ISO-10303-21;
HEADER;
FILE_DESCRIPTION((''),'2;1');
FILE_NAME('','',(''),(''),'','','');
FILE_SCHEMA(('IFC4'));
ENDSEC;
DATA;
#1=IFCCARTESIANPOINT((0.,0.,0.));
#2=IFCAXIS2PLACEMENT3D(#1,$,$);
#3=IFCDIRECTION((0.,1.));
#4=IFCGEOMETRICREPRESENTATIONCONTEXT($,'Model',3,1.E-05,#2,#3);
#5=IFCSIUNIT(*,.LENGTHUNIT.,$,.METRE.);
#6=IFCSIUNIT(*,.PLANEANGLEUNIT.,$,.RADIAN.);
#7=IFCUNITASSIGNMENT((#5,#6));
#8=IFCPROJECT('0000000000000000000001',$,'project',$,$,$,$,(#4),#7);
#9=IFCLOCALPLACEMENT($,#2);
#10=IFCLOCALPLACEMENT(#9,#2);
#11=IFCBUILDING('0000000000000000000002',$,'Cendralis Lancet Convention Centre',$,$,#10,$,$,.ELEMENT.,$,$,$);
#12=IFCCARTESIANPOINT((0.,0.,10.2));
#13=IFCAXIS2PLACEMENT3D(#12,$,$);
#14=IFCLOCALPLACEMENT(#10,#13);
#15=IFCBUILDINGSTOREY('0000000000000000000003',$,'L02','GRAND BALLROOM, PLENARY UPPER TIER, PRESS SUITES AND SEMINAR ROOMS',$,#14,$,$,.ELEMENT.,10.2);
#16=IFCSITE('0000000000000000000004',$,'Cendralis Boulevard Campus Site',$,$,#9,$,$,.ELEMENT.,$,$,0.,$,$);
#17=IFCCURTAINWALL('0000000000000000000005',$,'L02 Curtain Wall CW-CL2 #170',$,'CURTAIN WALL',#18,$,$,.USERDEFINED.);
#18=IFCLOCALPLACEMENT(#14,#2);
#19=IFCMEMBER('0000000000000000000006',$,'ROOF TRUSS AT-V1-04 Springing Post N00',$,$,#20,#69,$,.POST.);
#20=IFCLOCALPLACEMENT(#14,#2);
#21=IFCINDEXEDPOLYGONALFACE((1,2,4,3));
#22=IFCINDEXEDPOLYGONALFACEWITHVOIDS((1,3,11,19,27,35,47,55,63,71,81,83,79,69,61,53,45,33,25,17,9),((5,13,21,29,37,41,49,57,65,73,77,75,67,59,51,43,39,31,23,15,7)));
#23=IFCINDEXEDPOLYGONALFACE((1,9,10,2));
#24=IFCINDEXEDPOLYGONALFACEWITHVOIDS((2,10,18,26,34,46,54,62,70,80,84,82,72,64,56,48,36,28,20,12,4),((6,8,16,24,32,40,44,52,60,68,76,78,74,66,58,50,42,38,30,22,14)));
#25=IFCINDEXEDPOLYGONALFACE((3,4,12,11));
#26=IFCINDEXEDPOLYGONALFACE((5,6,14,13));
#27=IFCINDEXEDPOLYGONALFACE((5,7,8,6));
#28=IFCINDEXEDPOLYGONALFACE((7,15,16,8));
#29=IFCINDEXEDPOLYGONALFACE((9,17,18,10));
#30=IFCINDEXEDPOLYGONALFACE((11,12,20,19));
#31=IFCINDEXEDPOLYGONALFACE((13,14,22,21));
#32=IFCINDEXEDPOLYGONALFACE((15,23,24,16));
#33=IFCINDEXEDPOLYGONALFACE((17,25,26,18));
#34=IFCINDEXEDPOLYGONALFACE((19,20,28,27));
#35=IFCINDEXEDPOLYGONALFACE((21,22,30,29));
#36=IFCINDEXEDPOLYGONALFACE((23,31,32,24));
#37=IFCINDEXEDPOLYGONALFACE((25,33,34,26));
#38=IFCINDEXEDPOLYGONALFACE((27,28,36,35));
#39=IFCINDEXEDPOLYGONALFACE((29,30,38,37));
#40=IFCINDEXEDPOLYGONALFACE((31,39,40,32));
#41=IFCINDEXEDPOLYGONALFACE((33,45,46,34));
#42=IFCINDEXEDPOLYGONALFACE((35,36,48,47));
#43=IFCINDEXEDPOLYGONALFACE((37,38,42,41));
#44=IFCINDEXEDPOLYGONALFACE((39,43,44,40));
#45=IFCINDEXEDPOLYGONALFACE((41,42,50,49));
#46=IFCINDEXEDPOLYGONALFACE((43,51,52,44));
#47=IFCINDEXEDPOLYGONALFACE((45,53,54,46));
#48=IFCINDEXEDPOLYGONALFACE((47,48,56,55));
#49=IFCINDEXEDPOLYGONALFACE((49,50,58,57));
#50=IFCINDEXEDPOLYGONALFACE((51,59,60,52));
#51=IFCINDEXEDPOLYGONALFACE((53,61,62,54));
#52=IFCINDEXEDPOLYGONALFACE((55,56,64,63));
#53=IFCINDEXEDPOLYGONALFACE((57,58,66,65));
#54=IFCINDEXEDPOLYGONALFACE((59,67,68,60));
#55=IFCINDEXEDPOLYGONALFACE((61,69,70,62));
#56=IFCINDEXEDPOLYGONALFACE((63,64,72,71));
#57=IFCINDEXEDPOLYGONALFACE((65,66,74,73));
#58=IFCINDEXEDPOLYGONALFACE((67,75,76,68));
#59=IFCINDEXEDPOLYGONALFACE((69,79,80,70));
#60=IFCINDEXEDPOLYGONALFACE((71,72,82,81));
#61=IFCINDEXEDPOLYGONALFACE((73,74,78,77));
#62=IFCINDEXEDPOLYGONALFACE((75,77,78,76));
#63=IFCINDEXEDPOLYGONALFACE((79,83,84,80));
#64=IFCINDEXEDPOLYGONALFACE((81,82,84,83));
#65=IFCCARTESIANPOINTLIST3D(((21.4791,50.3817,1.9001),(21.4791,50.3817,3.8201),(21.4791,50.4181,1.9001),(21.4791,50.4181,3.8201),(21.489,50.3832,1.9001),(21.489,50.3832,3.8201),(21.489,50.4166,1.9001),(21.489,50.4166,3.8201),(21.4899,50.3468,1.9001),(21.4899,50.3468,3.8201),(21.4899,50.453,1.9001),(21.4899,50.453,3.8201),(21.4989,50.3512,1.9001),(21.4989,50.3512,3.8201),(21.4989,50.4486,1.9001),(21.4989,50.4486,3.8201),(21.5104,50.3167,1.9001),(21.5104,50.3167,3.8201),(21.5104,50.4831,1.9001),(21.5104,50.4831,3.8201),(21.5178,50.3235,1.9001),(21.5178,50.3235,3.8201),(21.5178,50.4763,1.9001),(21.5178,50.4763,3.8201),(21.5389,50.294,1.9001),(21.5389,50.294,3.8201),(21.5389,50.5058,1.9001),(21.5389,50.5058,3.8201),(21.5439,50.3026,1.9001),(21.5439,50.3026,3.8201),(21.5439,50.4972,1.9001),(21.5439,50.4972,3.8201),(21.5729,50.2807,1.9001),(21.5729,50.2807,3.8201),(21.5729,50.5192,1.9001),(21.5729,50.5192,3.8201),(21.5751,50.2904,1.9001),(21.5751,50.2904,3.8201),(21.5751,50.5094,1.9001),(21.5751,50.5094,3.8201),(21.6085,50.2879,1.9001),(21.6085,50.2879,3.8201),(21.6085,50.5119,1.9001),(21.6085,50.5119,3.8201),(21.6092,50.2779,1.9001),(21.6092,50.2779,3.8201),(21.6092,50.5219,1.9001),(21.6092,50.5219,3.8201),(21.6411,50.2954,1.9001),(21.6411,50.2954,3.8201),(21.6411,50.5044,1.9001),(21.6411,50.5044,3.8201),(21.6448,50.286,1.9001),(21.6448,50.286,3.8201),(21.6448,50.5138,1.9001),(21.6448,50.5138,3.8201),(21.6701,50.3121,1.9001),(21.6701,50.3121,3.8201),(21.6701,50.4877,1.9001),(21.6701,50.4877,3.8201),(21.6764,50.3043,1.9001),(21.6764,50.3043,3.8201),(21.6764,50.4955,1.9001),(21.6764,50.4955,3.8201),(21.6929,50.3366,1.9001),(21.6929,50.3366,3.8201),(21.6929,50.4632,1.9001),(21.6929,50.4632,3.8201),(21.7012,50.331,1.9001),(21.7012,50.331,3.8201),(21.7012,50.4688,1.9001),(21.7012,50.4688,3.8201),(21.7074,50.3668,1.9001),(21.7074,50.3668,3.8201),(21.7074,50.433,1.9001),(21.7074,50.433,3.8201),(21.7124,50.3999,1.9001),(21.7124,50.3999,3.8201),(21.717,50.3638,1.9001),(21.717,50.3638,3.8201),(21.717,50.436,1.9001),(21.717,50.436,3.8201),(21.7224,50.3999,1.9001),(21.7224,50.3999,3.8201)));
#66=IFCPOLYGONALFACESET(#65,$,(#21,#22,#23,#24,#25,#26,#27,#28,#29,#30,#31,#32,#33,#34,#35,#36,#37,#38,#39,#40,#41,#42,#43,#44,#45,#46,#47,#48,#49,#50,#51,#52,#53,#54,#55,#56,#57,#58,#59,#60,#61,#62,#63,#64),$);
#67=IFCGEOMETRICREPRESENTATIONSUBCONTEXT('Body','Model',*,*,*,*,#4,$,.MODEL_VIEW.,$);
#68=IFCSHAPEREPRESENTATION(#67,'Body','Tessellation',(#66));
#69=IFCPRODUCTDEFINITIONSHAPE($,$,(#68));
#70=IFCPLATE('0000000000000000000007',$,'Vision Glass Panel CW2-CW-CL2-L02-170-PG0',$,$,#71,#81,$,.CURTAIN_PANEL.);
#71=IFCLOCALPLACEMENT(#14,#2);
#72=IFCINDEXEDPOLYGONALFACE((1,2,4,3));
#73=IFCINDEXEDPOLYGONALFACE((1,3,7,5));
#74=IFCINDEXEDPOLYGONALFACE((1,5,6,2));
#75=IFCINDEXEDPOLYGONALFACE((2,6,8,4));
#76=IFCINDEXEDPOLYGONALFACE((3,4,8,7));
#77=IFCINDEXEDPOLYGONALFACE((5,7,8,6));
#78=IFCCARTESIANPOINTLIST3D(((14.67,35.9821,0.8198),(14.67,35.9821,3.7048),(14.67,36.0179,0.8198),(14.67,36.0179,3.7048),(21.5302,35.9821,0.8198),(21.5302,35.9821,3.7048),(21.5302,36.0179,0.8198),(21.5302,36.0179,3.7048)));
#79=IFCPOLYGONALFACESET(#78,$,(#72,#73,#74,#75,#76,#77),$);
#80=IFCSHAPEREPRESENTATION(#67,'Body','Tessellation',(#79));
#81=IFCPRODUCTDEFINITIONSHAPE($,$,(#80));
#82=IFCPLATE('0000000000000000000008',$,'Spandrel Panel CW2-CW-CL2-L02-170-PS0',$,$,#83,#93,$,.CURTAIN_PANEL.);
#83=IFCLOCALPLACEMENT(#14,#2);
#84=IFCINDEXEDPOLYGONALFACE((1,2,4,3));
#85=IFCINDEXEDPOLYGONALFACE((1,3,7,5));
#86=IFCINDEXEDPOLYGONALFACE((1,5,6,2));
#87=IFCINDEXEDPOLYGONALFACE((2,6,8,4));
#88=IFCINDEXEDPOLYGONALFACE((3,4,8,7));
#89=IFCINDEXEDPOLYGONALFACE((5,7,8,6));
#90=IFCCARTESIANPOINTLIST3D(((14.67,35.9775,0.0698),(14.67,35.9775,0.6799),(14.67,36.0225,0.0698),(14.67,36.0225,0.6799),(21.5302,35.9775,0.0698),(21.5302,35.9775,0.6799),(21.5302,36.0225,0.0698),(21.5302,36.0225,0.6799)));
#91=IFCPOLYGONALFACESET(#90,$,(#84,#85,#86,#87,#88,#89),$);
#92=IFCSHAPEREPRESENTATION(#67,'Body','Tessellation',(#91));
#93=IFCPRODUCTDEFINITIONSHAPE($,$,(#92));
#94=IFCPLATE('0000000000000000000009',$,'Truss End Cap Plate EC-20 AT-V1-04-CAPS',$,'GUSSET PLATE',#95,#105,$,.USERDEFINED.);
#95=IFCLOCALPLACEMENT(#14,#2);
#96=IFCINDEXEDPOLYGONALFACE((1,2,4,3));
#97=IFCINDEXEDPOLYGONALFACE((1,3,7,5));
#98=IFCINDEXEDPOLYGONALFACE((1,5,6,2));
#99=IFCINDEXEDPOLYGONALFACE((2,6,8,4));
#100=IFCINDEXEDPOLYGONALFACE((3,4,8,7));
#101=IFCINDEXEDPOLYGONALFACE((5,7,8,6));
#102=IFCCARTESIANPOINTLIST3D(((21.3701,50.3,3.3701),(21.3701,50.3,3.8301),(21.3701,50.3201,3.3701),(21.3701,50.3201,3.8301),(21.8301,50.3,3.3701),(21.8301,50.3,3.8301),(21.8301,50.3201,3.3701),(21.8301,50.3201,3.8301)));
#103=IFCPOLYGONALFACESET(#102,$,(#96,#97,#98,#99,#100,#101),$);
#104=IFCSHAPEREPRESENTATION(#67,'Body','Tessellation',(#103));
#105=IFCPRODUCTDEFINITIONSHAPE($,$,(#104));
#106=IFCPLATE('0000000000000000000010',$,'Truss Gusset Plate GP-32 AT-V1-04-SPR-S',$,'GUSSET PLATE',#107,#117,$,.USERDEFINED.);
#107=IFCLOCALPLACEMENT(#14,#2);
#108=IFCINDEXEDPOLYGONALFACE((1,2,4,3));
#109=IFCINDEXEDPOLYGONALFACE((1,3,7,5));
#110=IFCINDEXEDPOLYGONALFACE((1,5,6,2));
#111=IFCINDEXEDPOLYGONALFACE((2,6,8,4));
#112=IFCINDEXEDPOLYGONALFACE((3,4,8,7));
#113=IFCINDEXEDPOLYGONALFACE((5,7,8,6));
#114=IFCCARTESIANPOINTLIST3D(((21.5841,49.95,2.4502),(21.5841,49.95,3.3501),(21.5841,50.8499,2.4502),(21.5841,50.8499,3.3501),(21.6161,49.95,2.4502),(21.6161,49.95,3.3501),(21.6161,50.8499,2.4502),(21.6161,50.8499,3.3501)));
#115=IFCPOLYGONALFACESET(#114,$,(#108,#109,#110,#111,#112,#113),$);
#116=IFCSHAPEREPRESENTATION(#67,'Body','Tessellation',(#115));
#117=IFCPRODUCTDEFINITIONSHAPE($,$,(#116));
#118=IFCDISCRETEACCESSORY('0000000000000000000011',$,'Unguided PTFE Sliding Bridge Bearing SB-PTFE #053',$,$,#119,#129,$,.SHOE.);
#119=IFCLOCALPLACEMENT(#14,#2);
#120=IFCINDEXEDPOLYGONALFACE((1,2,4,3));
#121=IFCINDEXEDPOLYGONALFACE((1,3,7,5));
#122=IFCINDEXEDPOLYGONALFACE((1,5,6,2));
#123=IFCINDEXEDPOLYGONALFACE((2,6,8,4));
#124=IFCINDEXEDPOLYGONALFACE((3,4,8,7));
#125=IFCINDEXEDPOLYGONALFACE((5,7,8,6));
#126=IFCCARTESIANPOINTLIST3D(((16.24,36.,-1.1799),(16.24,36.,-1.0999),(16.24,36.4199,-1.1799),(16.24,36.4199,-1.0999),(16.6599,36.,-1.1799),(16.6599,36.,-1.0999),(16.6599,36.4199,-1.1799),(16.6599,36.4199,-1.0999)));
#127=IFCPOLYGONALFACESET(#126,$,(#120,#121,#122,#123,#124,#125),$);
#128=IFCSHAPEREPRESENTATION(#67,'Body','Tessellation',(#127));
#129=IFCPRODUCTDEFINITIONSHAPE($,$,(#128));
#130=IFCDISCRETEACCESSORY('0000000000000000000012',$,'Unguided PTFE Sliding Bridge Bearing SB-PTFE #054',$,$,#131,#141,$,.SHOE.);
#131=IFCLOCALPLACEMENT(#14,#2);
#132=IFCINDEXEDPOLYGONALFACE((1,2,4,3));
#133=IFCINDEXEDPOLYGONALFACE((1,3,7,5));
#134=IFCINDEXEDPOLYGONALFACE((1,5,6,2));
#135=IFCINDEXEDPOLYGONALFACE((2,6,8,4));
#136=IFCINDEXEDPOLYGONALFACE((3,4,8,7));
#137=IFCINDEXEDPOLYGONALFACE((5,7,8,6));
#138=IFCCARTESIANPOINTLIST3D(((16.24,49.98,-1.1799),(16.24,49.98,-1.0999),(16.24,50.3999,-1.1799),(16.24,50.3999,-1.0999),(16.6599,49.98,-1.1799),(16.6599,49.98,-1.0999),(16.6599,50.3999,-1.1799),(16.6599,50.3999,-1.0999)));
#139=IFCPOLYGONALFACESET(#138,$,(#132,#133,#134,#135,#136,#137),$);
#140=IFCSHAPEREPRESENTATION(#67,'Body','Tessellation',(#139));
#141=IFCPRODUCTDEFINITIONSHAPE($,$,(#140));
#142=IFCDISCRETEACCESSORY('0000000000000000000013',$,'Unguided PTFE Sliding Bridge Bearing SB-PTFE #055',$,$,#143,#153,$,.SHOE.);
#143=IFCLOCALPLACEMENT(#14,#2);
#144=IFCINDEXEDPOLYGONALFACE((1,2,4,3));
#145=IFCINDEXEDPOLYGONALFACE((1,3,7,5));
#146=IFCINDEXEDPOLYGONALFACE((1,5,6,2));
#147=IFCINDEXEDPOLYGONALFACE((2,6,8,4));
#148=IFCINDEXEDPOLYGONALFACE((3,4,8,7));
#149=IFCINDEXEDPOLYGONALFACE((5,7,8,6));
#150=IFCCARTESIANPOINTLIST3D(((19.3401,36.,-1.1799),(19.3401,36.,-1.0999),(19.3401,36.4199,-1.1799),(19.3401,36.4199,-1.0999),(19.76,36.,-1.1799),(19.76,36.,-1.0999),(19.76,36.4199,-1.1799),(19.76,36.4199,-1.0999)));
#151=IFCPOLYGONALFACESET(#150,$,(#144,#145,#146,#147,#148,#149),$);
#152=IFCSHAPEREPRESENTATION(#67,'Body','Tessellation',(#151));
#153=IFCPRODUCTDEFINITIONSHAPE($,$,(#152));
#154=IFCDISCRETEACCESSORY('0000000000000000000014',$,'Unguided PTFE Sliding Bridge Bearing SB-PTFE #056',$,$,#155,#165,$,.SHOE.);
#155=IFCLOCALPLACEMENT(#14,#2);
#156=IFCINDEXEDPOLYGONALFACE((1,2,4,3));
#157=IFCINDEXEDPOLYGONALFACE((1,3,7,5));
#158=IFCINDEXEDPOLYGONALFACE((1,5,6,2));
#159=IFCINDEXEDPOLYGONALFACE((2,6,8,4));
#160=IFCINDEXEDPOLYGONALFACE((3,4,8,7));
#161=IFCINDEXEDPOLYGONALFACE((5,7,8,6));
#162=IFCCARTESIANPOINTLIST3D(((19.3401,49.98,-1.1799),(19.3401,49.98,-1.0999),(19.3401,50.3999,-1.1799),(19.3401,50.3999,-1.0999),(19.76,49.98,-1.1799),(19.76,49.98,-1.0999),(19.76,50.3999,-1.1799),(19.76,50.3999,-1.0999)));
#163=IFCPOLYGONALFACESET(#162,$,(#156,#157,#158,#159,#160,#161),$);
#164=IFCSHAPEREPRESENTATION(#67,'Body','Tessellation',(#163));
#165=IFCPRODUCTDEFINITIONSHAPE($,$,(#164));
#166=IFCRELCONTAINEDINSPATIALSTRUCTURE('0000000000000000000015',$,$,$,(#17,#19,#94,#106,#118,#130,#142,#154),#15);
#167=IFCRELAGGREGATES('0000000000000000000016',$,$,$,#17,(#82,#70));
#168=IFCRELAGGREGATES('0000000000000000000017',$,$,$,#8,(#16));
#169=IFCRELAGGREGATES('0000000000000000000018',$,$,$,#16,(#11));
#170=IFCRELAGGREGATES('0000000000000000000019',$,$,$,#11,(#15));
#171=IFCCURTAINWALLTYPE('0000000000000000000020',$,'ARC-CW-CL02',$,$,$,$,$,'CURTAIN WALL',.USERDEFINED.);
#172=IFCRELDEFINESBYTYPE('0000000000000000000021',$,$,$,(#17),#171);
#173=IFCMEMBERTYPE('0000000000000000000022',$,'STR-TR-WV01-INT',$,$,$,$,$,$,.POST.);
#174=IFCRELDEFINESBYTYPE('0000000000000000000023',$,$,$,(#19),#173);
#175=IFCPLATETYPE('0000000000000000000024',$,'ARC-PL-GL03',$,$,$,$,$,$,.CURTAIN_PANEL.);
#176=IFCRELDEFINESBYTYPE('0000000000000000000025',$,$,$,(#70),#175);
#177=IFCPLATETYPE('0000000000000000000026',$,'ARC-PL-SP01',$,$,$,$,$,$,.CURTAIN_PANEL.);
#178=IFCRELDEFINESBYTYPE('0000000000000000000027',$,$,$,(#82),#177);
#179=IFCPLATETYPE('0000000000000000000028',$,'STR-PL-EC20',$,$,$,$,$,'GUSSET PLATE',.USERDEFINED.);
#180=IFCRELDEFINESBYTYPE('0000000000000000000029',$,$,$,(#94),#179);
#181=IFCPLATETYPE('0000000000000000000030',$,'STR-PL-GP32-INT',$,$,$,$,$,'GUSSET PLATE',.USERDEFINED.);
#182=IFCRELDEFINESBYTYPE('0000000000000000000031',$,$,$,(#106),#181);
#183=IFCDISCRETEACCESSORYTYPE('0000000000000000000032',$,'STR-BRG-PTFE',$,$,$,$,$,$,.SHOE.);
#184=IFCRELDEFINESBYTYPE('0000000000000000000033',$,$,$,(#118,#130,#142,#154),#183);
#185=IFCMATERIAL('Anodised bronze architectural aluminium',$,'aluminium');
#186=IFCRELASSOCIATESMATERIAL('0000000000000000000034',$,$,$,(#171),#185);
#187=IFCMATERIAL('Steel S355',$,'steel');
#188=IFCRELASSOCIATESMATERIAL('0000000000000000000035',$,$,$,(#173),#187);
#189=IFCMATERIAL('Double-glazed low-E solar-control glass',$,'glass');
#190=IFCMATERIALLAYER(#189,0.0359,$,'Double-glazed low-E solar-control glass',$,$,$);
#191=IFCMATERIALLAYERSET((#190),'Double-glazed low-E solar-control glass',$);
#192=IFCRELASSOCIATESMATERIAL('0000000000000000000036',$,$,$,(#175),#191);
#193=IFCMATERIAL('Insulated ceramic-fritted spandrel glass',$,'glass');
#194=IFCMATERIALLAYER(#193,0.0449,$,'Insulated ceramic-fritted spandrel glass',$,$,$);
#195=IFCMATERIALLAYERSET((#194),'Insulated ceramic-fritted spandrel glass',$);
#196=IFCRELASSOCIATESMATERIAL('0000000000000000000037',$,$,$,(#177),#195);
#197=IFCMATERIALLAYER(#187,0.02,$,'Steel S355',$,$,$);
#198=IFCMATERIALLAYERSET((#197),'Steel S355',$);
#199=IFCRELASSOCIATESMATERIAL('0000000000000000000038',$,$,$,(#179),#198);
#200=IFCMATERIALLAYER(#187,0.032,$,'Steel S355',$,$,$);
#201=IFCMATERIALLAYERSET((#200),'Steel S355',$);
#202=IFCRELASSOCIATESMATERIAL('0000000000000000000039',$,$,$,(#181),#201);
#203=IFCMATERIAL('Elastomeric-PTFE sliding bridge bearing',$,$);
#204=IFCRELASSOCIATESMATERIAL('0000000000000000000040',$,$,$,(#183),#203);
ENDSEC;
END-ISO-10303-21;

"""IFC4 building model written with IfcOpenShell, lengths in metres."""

from ifc_helpers import new_model, si_unit, direction, frame, origin, origin_2d, place, context, subcontext, project, spatial, rectangle, hollow_circle, extrude, material, layer, layer_set, material_profile, profile_set, type_object, element, aggregate, save


model = new_model("IFC4")

# Units and contexts
model_context = context("Model", 3, precision=1e-05, world=origin(), true_north=direction((0.0, 1.0)))
body_context = subcontext(model_context, "Body", "Model", "MODEL_VIEW")
ifc_project = project(units=[si_unit("LENGTHUNIT", "METRE"), si_unit("PLANEANGLEUNIT", "RADIAN")], contexts=[model_context])

# Site, building, storey
site_placement = place(None, origin())
site = spatial("IfcSite", under=ifc_project, at=site_placement, Name="Cendralis Boulevard Campus Site", CompositionType="ELEMENT", RefElevation=0.0)
building_placement = place(site_placement, origin())
building = spatial("IfcBuilding", under=site, at=building_placement, Name="Cendralis Lancet Convention Centre", CompositionType="ELEMENT")
storey_placement = place(building_placement, frame((0.0, 0.0, 10.2)))
storey = spatial("IfcBuildingStorey", under=building, at=storey_placement, Name="L02", Description="GRAND BALLROOM, PLENARY UPPER TIER, PRESS SUITES AND SEMINAR ROOMS", CompositionType="ELEMENT", Elevation=10.2)

# Curtain wall
ifc_material_1 = material(Name="Anodised bronze architectural aluminium", Category="aluminium")
curtain_wall_type = type_object("IfcCurtainWallType", Name="ARC-CW-CL02", ElementType="CURTAIN WALL", PredefinedType="USERDEFINED", material=ifc_material_1)
curtain_wall_placement = place(storey_placement, origin())
curtain_wall = element("IfcCurtainWall", 1, at=curtain_wall_placement, inside=storey, type_object=curtain_wall_type, Name="L02 Curtain Wall CW-CL2 #170", ObjectType="CURTAIN WALL", PredefinedType="USERDEFINED")

# Shared definitions
ifc_material_2 = material(Name="Steel S355", Category="steel")

# Member
ifc_material_profile_1 = material_profile(ifc_material_2, hollow_circle(Radius=0.1223, WallThickness=0.01, at=origin_2d()), Name="CHS 244.5x10.0")
ifc_profile_set_1 = profile_set([ifc_material_profile_1], Name="Steel S355")
member_type_1 = type_object("IfcMemberType", Name="STR-TR-WV01-INT", PredefinedType="POST", material=ifc_profile_set_1)
member_1_placement = place(storey_placement, frame((21.6001, 50.3999, 1.9001), z_axis=(0.0, 0.0, 1.0), x_axis=(1.0, 0.0, 0.0)))
element("IfcMember", 2, at=member_1_placement, inside=storey, type_object=member_type_1, Name="ROOF TRUSS AT-V1-04 Springing Post N00", PredefinedType="POST", context=body_context, shape_type="SweptSolid", body=[
    extrude(hollow_circle(Radius=0.1223, WallThickness=0.01, at=origin_2d()), origin(), (0.0, 0.0, 1.0), 1.9199),
])

# Plates
ifc_material_3 = material(Name="Double-glazed low-E solar-control glass", Category="glass")
ifc_layer_1 = layer(ifc_material_3, 0.0359, Name="Double-glazed low-E solar-control glass")
ifc_layer_set_1 = layer_set([ifc_layer_1], Name="Double-glazed low-E solar-control glass")
plate_type_1 = type_object("IfcPlateType", Name="ARC-PL-GL03", PredefinedType="CURTAIN_PANEL", material=ifc_layer_set_1)
plate_1_placement = place(storey_placement, frame((18.1001, 36.0, 0.8198), z_axis=(0.0, 0.0, 1.0), x_axis=(1.0, 0.0, 0.0)))
plate_1 = element("IfcPlate", 3, at=plate_1_placement, type_object=plate_type_1, Name="Vision Glass Panel CW2-CW-CL2-L02-170-PG0", PredefinedType="CURTAIN_PANEL", context=body_context, shape_type="SweptSolid", body=[
    extrude(rectangle(XDim=6.8601, YDim=0.0359, at=origin_2d()), origin(), (0.0, 0.0, 1.0), 2.885),
])
ifc_material_4 = material(Name="Insulated ceramic-fritted spandrel glass", Category="glass")
ifc_layer_2 = layer(ifc_material_4, 0.0449, Name="Insulated ceramic-fritted spandrel glass")
ifc_layer_set_2 = layer_set([ifc_layer_2], Name="Insulated ceramic-fritted spandrel glass")
plate_type_2 = type_object("IfcPlateType", Name="ARC-PL-SP01", PredefinedType="CURTAIN_PANEL", material=ifc_layer_set_2)
plate_2_placement = place(storey_placement, frame((18.1001, 36.0, 0.0698), z_axis=(0.0, 0.0, 1.0), x_axis=(1.0, 0.0, 0.0)))
plate_2 = element("IfcPlate", 4, at=plate_2_placement, type_object=plate_type_2, Name="Spandrel Panel CW2-CW-CL2-L02-170-PS0", PredefinedType="CURTAIN_PANEL", context=body_context, shape_type="SweptSolid", body=[
    extrude(rectangle(XDim=6.8601, YDim=0.0449, at=origin_2d()), origin(), (0.0, 0.0, 1.0), 0.6101),
])
aggregate(curtain_wall, [plate_2, plate_1])

# Plates
ifc_layer_3 = layer(ifc_material_2, 0.02, Name="Steel S355")
ifc_layer_set_3 = layer_set([ifc_layer_3], Name="Steel S355")
plate_type_3 = type_object("IfcPlateType", Name="STR-PL-EC20", ElementType="GUSSET PLATE", PredefinedType="USERDEFINED", material=ifc_layer_set_3)
plate_3_placement = place(storey_placement, frame((21.6001, 50.3101, 3.3701), z_axis=(0.0, 0.0, 1.0), x_axis=(1.0, 0.0, 0.0)))
element("IfcPlate", 5, at=plate_3_placement, inside=storey, type_object=plate_type_3, Name="Truss End Cap Plate EC-20 AT-V1-04-CAPS", ObjectType="GUSSET PLATE", PredefinedType="USERDEFINED", context=body_context, shape_type="SweptSolid", body=[
    extrude(rectangle(XDim=0.46, YDim=0.02, at=origin_2d()), origin(), (0.0, 0.0, 1.0), 0.46),
])
ifc_layer_4 = layer(ifc_material_2, 0.032, Name="Steel S355")
ifc_layer_set_4 = layer_set([ifc_layer_4], Name="Steel S355")
plate_type_4 = type_object("IfcPlateType", Name="STR-PL-GP32-INT", ElementType="GUSSET PLATE", PredefinedType="USERDEFINED", material=ifc_layer_set_4)
plate_4_placement = place(storey_placement, frame((21.6001, 50.3999, 2.4502), z_axis=(0.0, 0.0, 1.0), x_axis=(0.0, 1.0, 0.0)))
element("IfcPlate", 6, at=plate_4_placement, inside=storey, type_object=plate_type_4, Name="Truss Gusset Plate GP-32 AT-V1-04-SPR-S", ObjectType="GUSSET PLATE", PredefinedType="USERDEFINED", context=body_context, shape_type="SweptSolid", body=[
    extrude(rectangle(XDim=0.8999, YDim=0.032, at=origin_2d()), origin(), (0.0, 0.0, 1.0), 0.8999),
])

# Discrete accessories
ifc_material_5 = material(Name="Elastomeric-PTFE sliding bridge bearing")
discrete_accessory_type = type_object("IfcDiscreteAccessoryType", Name="STR-BRG-PTFE", PredefinedType="SHOE", material=ifc_material_5)
for number, where, z_axis, x_axis, name in (
    (7, (16.45, 36.21, -1.1799), (0.0, 0.0, 1.0), (1.0, 0.0, 0.0), "Unguided PTFE Sliding Bridge Bearing SB-PTFE #053"),
    (8, (16.45, 50.1899, -1.1799), (0.0, 0.0, 1.0), (1.0, 0.0, 0.0), "Unguided PTFE Sliding Bridge Bearing SB-PTFE #054"),
    (9, (19.55, 36.21, -1.1799), (0.0, 0.0, 1.0), (1.0, 0.0, 0.0), "Unguided PTFE Sliding Bridge Bearing SB-PTFE #055"),
    (10, (19.55, 50.1899, -1.1799), (0.0, 0.0, 1.0), (1.0, 0.0, 0.0), "Unguided PTFE Sliding Bridge Bearing SB-PTFE #056"),
):
    element("IfcDiscreteAccessory", number, at=place(storey_placement, frame(where, z_axis=z_axis, x_axis=x_axis)), inside=storey, type_object=discrete_accessory_type, Name=name, PredefinedType="SHOE", context=body_context, shape_type="SweptSolid", body=[
        extrude(rectangle(XDim=0.4199, YDim=0.4199, at=origin_2d()), origin(), (0.0, 0.0, 1.0), 0.0801),
    ])

save(model, "model.ifc")
